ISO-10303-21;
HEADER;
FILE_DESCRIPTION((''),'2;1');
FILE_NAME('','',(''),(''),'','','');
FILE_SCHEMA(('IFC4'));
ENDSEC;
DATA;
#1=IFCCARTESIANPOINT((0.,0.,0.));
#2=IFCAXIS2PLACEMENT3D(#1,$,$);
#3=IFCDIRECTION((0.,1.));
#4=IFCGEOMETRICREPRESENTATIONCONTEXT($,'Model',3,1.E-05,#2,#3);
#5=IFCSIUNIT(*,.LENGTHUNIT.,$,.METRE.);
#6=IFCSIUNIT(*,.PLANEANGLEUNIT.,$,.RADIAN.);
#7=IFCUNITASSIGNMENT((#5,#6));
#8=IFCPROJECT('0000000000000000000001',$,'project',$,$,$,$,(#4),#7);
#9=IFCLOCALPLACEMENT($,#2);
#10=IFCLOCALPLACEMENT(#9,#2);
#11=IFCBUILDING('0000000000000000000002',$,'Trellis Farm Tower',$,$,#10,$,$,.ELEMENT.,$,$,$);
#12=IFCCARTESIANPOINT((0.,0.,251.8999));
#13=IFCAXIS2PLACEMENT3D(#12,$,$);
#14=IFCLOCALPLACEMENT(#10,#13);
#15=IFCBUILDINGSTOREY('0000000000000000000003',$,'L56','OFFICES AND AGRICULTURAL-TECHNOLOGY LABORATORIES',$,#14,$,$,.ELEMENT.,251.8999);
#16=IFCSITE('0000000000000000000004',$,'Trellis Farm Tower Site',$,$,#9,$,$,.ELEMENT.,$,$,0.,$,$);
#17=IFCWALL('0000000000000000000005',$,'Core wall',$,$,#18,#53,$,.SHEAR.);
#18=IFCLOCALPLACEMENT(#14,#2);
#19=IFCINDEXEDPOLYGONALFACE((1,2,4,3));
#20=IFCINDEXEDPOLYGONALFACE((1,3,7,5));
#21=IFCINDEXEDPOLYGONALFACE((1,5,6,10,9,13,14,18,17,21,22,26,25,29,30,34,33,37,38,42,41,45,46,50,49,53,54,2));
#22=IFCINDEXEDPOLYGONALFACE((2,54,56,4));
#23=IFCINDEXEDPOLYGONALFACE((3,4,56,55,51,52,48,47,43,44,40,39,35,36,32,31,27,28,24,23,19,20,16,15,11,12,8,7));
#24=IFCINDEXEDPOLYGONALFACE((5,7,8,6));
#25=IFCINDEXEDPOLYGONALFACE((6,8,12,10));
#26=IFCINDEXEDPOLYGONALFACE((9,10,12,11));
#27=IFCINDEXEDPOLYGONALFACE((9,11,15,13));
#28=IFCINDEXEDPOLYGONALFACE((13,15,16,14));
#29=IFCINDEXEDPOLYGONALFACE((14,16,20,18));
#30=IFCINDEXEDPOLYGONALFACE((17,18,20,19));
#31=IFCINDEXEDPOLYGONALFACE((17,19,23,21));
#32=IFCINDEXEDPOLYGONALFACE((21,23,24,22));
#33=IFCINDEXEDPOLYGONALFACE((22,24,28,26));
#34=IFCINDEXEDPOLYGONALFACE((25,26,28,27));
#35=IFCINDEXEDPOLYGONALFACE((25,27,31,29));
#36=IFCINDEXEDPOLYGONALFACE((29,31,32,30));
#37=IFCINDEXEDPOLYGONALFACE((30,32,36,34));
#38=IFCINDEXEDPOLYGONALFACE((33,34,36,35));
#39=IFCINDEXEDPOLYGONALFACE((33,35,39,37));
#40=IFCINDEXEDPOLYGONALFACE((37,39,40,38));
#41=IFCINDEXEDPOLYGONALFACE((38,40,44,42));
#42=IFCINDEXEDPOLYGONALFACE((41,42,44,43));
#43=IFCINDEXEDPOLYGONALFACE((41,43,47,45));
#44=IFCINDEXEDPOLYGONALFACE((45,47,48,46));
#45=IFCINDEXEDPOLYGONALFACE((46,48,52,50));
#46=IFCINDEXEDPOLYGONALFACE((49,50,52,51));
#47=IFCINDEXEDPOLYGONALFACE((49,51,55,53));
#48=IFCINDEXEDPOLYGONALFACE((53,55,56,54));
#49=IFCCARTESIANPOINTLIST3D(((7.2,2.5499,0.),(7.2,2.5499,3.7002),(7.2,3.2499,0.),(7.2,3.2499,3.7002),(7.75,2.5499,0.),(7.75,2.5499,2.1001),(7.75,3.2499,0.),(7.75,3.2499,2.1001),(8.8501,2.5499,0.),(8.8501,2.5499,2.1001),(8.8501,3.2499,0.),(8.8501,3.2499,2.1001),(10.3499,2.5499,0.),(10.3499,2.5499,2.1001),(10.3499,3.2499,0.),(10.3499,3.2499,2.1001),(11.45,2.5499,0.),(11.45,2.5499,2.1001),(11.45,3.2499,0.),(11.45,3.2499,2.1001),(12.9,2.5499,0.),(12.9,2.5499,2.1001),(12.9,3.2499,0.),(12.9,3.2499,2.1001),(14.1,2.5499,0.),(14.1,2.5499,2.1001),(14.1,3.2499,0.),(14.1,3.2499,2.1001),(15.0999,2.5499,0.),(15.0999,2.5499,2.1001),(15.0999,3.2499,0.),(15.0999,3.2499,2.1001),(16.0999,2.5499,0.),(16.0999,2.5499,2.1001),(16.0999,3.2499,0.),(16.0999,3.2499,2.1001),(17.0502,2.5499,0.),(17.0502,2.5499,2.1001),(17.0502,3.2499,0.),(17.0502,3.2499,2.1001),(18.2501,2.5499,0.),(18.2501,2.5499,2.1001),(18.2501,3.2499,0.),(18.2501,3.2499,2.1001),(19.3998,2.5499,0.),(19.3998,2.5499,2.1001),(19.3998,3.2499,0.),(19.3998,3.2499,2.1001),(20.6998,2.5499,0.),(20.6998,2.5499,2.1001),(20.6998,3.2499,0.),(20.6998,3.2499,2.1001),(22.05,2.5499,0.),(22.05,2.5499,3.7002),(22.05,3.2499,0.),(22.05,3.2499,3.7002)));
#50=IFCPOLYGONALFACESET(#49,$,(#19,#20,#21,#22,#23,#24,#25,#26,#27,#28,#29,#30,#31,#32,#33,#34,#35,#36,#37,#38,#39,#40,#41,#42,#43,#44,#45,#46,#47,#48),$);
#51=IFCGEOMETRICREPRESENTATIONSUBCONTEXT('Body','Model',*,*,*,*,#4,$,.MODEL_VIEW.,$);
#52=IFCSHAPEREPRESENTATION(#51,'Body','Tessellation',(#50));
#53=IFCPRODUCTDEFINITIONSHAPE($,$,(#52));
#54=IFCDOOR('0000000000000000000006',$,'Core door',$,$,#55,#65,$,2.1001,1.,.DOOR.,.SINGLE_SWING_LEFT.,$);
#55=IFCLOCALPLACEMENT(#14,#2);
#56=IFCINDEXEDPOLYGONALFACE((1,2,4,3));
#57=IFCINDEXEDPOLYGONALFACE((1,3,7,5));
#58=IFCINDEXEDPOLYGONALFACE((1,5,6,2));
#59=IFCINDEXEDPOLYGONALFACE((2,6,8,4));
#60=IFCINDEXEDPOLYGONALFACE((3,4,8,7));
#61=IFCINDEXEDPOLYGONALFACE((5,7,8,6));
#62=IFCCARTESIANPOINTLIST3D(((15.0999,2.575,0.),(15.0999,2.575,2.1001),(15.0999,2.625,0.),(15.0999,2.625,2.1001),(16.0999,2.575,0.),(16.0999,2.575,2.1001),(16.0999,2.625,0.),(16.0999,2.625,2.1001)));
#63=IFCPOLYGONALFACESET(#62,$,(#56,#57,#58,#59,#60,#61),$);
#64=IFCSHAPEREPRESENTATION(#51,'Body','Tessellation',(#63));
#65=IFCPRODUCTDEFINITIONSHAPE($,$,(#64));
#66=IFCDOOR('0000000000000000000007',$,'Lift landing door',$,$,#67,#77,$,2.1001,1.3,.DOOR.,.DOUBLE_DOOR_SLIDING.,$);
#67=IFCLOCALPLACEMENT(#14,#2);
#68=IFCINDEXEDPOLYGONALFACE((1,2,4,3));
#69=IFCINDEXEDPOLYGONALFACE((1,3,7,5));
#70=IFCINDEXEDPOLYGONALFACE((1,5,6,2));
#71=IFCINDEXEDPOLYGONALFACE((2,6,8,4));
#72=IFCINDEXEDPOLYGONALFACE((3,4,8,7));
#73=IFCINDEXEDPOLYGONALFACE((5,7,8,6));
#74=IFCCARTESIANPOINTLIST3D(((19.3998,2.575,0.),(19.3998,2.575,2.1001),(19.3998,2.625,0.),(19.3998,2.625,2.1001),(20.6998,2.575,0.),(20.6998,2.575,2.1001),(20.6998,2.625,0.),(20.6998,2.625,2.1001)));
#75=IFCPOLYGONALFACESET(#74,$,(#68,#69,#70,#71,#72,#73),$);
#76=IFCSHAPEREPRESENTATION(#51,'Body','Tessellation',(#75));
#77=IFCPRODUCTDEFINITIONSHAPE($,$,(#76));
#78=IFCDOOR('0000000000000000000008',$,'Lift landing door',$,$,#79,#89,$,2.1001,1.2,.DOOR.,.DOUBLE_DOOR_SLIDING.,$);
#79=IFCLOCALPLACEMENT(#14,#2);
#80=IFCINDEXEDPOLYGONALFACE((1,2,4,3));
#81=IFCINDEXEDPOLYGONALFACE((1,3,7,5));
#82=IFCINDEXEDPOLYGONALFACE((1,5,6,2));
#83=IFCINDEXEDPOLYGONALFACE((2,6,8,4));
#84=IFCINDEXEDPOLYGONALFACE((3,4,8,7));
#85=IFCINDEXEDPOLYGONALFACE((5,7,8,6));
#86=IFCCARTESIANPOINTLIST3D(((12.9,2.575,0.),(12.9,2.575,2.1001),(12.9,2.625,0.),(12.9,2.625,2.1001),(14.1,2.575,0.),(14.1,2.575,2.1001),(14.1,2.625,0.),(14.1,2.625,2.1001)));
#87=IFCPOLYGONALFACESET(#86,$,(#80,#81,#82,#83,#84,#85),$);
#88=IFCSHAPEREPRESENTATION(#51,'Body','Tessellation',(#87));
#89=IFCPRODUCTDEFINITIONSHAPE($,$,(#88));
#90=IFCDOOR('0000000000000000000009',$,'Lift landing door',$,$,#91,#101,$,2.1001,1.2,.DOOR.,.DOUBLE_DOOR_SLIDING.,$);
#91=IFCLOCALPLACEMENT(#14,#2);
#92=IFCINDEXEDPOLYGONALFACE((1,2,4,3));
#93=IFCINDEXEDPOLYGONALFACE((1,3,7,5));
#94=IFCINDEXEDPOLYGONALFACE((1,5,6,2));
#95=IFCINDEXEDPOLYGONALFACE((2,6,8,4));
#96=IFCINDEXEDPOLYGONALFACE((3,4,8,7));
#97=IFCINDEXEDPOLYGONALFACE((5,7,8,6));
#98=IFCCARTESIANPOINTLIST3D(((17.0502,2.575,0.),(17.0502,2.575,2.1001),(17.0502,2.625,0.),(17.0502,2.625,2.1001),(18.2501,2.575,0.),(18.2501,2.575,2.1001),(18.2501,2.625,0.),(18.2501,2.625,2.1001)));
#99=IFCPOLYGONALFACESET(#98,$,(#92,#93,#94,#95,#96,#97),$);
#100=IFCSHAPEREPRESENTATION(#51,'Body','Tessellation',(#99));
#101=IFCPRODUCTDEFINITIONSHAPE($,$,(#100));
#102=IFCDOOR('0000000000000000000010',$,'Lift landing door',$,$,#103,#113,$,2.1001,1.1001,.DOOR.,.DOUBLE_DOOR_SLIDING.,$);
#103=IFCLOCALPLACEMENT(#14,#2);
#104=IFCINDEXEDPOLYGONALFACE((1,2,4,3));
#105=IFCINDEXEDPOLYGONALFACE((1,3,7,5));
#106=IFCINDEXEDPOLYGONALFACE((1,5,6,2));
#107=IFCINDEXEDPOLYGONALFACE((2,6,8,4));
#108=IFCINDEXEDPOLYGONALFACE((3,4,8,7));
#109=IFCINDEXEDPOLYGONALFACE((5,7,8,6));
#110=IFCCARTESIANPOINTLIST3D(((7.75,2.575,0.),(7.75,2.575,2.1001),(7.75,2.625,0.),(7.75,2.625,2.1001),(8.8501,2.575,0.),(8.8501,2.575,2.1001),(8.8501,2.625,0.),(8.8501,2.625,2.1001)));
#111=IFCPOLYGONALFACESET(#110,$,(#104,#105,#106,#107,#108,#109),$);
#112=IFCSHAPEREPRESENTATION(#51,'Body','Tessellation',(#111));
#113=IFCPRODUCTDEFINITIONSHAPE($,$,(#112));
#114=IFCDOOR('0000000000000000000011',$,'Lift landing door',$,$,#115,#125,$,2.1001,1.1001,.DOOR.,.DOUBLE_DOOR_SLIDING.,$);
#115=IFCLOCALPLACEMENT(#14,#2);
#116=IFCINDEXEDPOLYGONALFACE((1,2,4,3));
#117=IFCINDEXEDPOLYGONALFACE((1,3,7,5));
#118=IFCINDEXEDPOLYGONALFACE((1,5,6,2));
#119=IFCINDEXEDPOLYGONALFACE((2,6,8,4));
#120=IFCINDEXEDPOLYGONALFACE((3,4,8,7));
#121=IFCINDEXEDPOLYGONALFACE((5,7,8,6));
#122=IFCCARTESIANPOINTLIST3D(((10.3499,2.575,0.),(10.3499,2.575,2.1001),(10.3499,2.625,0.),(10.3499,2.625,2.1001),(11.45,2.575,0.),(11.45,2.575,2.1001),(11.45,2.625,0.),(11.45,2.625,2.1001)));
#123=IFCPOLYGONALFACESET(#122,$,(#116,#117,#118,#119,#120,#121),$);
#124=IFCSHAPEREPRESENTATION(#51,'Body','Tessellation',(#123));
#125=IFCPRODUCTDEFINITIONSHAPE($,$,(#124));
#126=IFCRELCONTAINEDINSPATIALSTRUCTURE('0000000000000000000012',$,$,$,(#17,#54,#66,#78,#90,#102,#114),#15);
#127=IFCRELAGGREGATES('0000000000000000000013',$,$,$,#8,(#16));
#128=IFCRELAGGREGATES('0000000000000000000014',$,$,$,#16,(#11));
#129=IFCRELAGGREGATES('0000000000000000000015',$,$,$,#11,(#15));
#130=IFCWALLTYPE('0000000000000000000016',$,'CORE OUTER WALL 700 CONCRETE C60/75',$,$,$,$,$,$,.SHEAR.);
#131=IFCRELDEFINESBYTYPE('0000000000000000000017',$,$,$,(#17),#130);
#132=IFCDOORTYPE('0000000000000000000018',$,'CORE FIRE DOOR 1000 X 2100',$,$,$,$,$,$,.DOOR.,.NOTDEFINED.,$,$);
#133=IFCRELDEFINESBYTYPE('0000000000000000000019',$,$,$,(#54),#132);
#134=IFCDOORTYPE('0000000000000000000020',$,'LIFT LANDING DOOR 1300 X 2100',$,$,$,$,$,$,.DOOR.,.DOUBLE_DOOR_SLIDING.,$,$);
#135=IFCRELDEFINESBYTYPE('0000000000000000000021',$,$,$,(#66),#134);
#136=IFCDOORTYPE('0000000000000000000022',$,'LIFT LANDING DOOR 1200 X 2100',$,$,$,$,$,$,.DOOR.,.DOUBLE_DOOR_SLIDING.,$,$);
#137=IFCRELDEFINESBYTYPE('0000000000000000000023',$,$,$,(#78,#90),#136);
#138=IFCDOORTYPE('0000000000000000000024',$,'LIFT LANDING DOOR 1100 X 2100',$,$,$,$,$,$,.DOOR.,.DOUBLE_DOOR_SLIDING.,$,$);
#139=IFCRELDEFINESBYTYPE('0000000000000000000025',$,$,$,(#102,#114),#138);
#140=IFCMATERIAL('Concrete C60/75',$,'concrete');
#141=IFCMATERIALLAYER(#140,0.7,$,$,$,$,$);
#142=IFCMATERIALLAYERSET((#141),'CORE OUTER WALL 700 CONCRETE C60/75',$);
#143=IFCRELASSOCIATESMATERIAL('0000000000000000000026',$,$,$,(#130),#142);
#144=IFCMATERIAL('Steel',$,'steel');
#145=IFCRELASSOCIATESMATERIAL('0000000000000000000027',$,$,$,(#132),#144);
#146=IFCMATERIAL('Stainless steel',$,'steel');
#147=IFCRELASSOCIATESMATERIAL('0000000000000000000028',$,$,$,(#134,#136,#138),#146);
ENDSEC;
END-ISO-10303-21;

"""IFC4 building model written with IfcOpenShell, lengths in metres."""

from ifc_helpers import new_model, si_unit, direction, frame, frame_2d, origin, place, context, subcontext, project, spatial, rectangle, extrude, source, transform, mapped, material, layer, layer_set, type_object, element, fill, save


model = new_model("IFC4")

# Units and contexts
model_context = context("Model", 3, precision=1e-05, world=origin(), true_north=direction((0.0, 1.0)))
body_context = subcontext(model_context, "Body", "Model", "MODEL_VIEW")
ifc_project = project(units=[si_unit("LENGTHUNIT", "METRE"), si_unit("PLANEANGLEUNIT", "RADIAN")], contexts=[model_context])

# Site, building, storey
site_placement = place(None, origin())
site = spatial("IfcSite", under=ifc_project, at=site_placement, Name="Trellis Farm Tower Site", CompositionType="ELEMENT", RefElevation=0.0)
building_placement = place(site_placement, origin())
building = spatial("IfcBuilding", under=site, at=building_placement, Name="Trellis Farm Tower", CompositionType="ELEMENT")
storey_placement = place(building_placement, frame((0.0, 0.0, 251.8999)))
storey = spatial("IfcBuildingStorey", under=building, at=storey_placement, Name="L56", Description="OFFICES AND AGRICULTURAL-TECHNOLOGY LABORATORIES", CompositionType="ELEMENT", Elevation=251.8999)

# Shared definitions
ifc_material_1 = material(Name="Concrete C60/75", Category="concrete")

# Wall, openings, doors
ifc_layer_1 = layer(ifc_material_1, 0.7)
ifc_layer_set_1 = layer_set([ifc_layer_1], Name="CORE OUTER WALL 700 CONCRETE C60/75")
wall_type_1 = type_object("IfcWallType", Name="CORE OUTER WALL 700 CONCRETE C60/75", PredefinedType="SHEAR", material=ifc_layer_set_1)
shared_shape_1 = source(origin(), body_context, "Body", "SweptSolid", [
    extrude(rectangle(XDim=14.8501, YDim=0.7, at=frame_2d((7.425, 0.0))), origin(), (0.0, 0.0, 1.0), 3.7002),
])
wall_1_placement = place(storey_placement, frame((7.2, 2.8999, 0.0), z_axis=(0.0, 0.0, 1.0), x_axis=(1.0, 0.0, 0.0)))
wall_1 = element("IfcWall", 1, at=wall_1_placement, inside=storey, type_object=wall_type_1, Name="Core wall", PredefinedType="SHEAR", context=body_context, shape_type="MappedRepresentation", body=[
    mapped(shared_shape_1, transform((0.0, 0.0, 0.0))),
])
shared_shape_2 = source(origin(), body_context, "Body", "SweptSolid", [
    extrude(rectangle(XDim=1.1001, YDim=2.1001, at=frame_2d((0.55, 1.05))), frame((0.0, 0.3601, 0.0), z_axis=(0.0, -1.0, 0.0), x_axis=(1.0, 0.0, 0.0)), (0.0, 0.0, 1.0), 0.7202),
])
opening_1_placement = place(wall_1_placement, frame((0.55, 0.0, 0.0)))
opening_1 = element("IfcOpeningElement", 2, at=opening_1_placement, cuts=wall_1, PredefinedType="OPENING", context=body_context, shape_type="MappedRepresentation", body=[
    mapped(shared_shape_2, transform((0.0, 0.0, 0.0))),
])
opening_2_placement = place(wall_1_placement, frame((3.1499, 0.0, 0.0)))
opening_2 = element("IfcOpeningElement", 3, at=opening_2_placement, cuts=wall_1, PredefinedType="OPENING", context=body_context, shape_type="MappedRepresentation", body=[
    mapped(shared_shape_2, transform((0.0, 0.0, 0.0))),
])
shared_shape_3 = source(origin(), body_context, "Body", "SweptSolid", [
    extrude(rectangle(XDim=1.2, YDim=2.1001, at=frame_2d((0.6001, 1.05))), frame((0.0, 0.3601, 0.0), z_axis=(0.0, -1.0, 0.0), x_axis=(1.0, 0.0, 0.0)), (0.0, 0.0, 1.0), 0.7202),
])
opening_3_placement = place(wall_1_placement, frame((5.7, 0.0, 0.0)))
opening_3 = element("IfcOpeningElement", 4, at=opening_3_placement, cuts=wall_1, PredefinedType="OPENING", context=body_context, shape_type="MappedRepresentation", body=[
    mapped(shared_shape_3, transform((0.0, 0.0, 0.0))),
])
shared_shape_4 = source(origin(), body_context, "Body", "SweptSolid", [
    extrude(rectangle(XDim=1.3, YDim=2.1001, at=frame_2d((0.6499, 1.05))), frame((0.0, 0.3601, 0.0), z_axis=(0.0, -1.0, 0.0), x_axis=(1.0, 0.0, 0.0)), (0.0, 0.0, 1.0), 0.7202),
])
opening_4_placement = place(wall_1_placement, frame((12.2, 0.0, 0.0)))
opening_4 = element("IfcOpeningElement", 5, at=opening_4_placement, cuts=wall_1, PredefinedType="OPENING", context=body_context, shape_type="MappedRepresentation", body=[
    mapped(shared_shape_4, transform((0.0, 0.0, 0.0))),
])
opening_5_placement = place(wall_1_placement, frame((9.8501, 0.0, 0.0)))
opening_5 = element("IfcOpeningElement", 6, at=opening_5_placement, cuts=wall_1, PredefinedType="OPENING", context=body_context, shape_type="MappedRepresentation", body=[
    mapped(shared_shape_3, transform((0.0, 0.0, 0.0))),
])
shared_shape_5 = source(origin(), body_context, "Body", "SweptSolid", [
    extrude(rectangle(XDim=1.0, YDim=2.1001, at=frame_2d((0.5, 1.05))), frame((0.0, 0.3601, 0.0), z_axis=(0.0, -1.0, 0.0), x_axis=(1.0, 0.0, 0.0)), (0.0, 0.0, 1.0), 0.7202),
])
opening_6_placement = place(wall_1_placement, frame((7.8999, 0.0, 0.0)))
opening_6 = element("IfcOpeningElement", 7, at=opening_6_placement, cuts=wall_1, PredefinedType="OPENING", context=body_context, shape_type="MappedRepresentation", body=[
    mapped(shared_shape_5, transform((0.0, 0.0, 0.0))),
])
ifc_material_2 = material(Name="Steel", Category="steel")
door_type_1 = type_object("IfcDoorType", Name="CORE FIRE DOOR 1000 X 2100", OperationType="NOTDEFINED", PredefinedType="DOOR", material=ifc_material_2)
shared_shape_6 = source(origin(), body_context, "Body", "SweptSolid", [
    extrude(rectangle(XDim=1.0, YDim=2.1001, at=frame_2d((0.5, 1.05))), frame((0.0, -0.2749, 0.0), z_axis=(0.0, -1.0, 0.0), x_axis=(1.0, 0.0, 0.0)), (0.0, 0.0, 1.0), 0.05),
])
door_1_placement = place(opening_6_placement, origin())
door_1 = element("IfcDoor", 8, at=door_1_placement, inside=storey, type_object=door_type_1, Name="Core door", OperationType="SINGLE_SWING_LEFT", OverallHeight=2.1001, OverallWidth=1.0, PredefinedType="DOOR", context=body_context, shape_type="MappedRepresentation", body=[
    mapped(shared_shape_6, transform((0.0, 0.0, 0.0))),
])
fill(opening_6, door_1)
ifc_material_3 = material(Name="Stainless steel", Category="steel")
door_type_2 = type_object("IfcDoorType", Name="LIFT LANDING DOOR 1300 X 2100", OperationType="DOUBLE_DOOR_SLIDING", PredefinedType="DOOR", material=ifc_material_3)
shared_shape_7 = source(origin(), body_context, "Body", "SweptSolid", [
    extrude(rectangle(XDim=1.3, YDim=2.1001, at=frame_2d((0.6499, 1.05))), frame((0.0, -0.2749, 0.0), z_axis=(0.0, -1.0, 0.0), x_axis=(1.0, 0.0, 0.0)), (0.0, 0.0, 1.0), 0.05),
])
door_2_placement = place(opening_4_placement, origin())
door_2 = element("IfcDoor", 9, at=door_2_placement, inside=storey, type_object=door_type_2, Name="Lift landing door", OperationType="DOUBLE_DOOR_SLIDING", OverallHeight=2.1001, OverallWidth=1.3, PredefinedType="DOOR", context=body_context, shape_type="MappedRepresentation", body=[
    mapped(shared_shape_7, transform((0.0, 0.0, 0.0))),
])
fill(opening_4, door_2)
door_type_3 = type_object("IfcDoorType", Name="LIFT LANDING DOOR 1200 X 2100", OperationType="DOUBLE_DOOR_SLIDING", PredefinedType="DOOR", material=ifc_material_3)
shared_shape_8 = source(origin(), body_context, "Body", "SweptSolid", [
    extrude(rectangle(XDim=1.2, YDim=2.1001, at=frame_2d((0.6001, 1.05))), frame((0.0, -0.2749, 0.0), z_axis=(0.0, -1.0, 0.0), x_axis=(1.0, 0.0, 0.0)), (0.0, 0.0, 1.0), 0.05),
])
door_3_placement = place(opening_3_placement, origin())
door_3 = element("IfcDoor", 10, at=door_3_placement, inside=storey, type_object=door_type_3, Name="Lift landing door", OperationType="DOUBLE_DOOR_SLIDING", OverallHeight=2.1001, OverallWidth=1.2, PredefinedType="DOOR", context=body_context, shape_type="MappedRepresentation", body=[
    mapped(shared_shape_8, transform((0.0, 0.0, 0.0))),
])
fill(opening_3, door_3)
door_4_placement = place(opening_5_placement, origin())
door_4 = element("IfcDoor", 11, at=door_4_placement, inside=storey, type_object=door_type_3, Name="Lift landing door", OperationType="DOUBLE_DOOR_SLIDING", OverallHeight=2.1001, OverallWidth=1.2, PredefinedType="DOOR", context=body_context, shape_type="MappedRepresentation", body=[
    mapped(shared_shape_8, transform((0.0, 0.0, 0.0))),
])
fill(opening_5, door_4)
door_type_4 = type_object("IfcDoorType", Name="LIFT LANDING DOOR 1100 X 2100", OperationType="DOUBLE_DOOR_SLIDING", PredefinedType="DOOR", material=ifc_material_3)
shared_shape_9 = source(origin(), body_context, "Body", "SweptSolid", [
    extrude(rectangle(XDim=1.1001, YDim=2.1001, at=frame_2d((0.55, 1.05))), frame((0.0, -0.2749, 0.0), z_axis=(0.0, -1.0, 0.0), x_axis=(1.0, 0.0, 0.0)), (0.0, 0.0, 1.0), 0.05),
])
door_5_placement = place(opening_1_placement, origin())
door_5 = element("IfcDoor", 12, at=door_5_placement, inside=storey, type_object=door_type_4, Name="Lift landing door", OperationType="DOUBLE_DOOR_SLIDING", OverallHeight=2.1001, OverallWidth=1.1001, PredefinedType="DOOR", context=body_context, shape_type="MappedRepresentation", body=[
    mapped(shared_shape_9, transform((0.0, 0.0, 0.0))),
])
fill(opening_1, door_5)
door_6_placement = place(opening_2_placement, origin())
door_6 = element("IfcDoor", 13, at=door_6_placement, inside=storey, type_object=door_type_4, Name="Lift landing door", OperationType="DOUBLE_DOOR_SLIDING", OverallHeight=2.1001, OverallWidth=1.1001, PredefinedType="DOOR", context=body_context, shape_type="MappedRepresentation", body=[
    mapped(shared_shape_9, transform((0.0, 0.0, 0.0))),
])
fill(opening_2, door_6)

save(model, "model.ifc")
